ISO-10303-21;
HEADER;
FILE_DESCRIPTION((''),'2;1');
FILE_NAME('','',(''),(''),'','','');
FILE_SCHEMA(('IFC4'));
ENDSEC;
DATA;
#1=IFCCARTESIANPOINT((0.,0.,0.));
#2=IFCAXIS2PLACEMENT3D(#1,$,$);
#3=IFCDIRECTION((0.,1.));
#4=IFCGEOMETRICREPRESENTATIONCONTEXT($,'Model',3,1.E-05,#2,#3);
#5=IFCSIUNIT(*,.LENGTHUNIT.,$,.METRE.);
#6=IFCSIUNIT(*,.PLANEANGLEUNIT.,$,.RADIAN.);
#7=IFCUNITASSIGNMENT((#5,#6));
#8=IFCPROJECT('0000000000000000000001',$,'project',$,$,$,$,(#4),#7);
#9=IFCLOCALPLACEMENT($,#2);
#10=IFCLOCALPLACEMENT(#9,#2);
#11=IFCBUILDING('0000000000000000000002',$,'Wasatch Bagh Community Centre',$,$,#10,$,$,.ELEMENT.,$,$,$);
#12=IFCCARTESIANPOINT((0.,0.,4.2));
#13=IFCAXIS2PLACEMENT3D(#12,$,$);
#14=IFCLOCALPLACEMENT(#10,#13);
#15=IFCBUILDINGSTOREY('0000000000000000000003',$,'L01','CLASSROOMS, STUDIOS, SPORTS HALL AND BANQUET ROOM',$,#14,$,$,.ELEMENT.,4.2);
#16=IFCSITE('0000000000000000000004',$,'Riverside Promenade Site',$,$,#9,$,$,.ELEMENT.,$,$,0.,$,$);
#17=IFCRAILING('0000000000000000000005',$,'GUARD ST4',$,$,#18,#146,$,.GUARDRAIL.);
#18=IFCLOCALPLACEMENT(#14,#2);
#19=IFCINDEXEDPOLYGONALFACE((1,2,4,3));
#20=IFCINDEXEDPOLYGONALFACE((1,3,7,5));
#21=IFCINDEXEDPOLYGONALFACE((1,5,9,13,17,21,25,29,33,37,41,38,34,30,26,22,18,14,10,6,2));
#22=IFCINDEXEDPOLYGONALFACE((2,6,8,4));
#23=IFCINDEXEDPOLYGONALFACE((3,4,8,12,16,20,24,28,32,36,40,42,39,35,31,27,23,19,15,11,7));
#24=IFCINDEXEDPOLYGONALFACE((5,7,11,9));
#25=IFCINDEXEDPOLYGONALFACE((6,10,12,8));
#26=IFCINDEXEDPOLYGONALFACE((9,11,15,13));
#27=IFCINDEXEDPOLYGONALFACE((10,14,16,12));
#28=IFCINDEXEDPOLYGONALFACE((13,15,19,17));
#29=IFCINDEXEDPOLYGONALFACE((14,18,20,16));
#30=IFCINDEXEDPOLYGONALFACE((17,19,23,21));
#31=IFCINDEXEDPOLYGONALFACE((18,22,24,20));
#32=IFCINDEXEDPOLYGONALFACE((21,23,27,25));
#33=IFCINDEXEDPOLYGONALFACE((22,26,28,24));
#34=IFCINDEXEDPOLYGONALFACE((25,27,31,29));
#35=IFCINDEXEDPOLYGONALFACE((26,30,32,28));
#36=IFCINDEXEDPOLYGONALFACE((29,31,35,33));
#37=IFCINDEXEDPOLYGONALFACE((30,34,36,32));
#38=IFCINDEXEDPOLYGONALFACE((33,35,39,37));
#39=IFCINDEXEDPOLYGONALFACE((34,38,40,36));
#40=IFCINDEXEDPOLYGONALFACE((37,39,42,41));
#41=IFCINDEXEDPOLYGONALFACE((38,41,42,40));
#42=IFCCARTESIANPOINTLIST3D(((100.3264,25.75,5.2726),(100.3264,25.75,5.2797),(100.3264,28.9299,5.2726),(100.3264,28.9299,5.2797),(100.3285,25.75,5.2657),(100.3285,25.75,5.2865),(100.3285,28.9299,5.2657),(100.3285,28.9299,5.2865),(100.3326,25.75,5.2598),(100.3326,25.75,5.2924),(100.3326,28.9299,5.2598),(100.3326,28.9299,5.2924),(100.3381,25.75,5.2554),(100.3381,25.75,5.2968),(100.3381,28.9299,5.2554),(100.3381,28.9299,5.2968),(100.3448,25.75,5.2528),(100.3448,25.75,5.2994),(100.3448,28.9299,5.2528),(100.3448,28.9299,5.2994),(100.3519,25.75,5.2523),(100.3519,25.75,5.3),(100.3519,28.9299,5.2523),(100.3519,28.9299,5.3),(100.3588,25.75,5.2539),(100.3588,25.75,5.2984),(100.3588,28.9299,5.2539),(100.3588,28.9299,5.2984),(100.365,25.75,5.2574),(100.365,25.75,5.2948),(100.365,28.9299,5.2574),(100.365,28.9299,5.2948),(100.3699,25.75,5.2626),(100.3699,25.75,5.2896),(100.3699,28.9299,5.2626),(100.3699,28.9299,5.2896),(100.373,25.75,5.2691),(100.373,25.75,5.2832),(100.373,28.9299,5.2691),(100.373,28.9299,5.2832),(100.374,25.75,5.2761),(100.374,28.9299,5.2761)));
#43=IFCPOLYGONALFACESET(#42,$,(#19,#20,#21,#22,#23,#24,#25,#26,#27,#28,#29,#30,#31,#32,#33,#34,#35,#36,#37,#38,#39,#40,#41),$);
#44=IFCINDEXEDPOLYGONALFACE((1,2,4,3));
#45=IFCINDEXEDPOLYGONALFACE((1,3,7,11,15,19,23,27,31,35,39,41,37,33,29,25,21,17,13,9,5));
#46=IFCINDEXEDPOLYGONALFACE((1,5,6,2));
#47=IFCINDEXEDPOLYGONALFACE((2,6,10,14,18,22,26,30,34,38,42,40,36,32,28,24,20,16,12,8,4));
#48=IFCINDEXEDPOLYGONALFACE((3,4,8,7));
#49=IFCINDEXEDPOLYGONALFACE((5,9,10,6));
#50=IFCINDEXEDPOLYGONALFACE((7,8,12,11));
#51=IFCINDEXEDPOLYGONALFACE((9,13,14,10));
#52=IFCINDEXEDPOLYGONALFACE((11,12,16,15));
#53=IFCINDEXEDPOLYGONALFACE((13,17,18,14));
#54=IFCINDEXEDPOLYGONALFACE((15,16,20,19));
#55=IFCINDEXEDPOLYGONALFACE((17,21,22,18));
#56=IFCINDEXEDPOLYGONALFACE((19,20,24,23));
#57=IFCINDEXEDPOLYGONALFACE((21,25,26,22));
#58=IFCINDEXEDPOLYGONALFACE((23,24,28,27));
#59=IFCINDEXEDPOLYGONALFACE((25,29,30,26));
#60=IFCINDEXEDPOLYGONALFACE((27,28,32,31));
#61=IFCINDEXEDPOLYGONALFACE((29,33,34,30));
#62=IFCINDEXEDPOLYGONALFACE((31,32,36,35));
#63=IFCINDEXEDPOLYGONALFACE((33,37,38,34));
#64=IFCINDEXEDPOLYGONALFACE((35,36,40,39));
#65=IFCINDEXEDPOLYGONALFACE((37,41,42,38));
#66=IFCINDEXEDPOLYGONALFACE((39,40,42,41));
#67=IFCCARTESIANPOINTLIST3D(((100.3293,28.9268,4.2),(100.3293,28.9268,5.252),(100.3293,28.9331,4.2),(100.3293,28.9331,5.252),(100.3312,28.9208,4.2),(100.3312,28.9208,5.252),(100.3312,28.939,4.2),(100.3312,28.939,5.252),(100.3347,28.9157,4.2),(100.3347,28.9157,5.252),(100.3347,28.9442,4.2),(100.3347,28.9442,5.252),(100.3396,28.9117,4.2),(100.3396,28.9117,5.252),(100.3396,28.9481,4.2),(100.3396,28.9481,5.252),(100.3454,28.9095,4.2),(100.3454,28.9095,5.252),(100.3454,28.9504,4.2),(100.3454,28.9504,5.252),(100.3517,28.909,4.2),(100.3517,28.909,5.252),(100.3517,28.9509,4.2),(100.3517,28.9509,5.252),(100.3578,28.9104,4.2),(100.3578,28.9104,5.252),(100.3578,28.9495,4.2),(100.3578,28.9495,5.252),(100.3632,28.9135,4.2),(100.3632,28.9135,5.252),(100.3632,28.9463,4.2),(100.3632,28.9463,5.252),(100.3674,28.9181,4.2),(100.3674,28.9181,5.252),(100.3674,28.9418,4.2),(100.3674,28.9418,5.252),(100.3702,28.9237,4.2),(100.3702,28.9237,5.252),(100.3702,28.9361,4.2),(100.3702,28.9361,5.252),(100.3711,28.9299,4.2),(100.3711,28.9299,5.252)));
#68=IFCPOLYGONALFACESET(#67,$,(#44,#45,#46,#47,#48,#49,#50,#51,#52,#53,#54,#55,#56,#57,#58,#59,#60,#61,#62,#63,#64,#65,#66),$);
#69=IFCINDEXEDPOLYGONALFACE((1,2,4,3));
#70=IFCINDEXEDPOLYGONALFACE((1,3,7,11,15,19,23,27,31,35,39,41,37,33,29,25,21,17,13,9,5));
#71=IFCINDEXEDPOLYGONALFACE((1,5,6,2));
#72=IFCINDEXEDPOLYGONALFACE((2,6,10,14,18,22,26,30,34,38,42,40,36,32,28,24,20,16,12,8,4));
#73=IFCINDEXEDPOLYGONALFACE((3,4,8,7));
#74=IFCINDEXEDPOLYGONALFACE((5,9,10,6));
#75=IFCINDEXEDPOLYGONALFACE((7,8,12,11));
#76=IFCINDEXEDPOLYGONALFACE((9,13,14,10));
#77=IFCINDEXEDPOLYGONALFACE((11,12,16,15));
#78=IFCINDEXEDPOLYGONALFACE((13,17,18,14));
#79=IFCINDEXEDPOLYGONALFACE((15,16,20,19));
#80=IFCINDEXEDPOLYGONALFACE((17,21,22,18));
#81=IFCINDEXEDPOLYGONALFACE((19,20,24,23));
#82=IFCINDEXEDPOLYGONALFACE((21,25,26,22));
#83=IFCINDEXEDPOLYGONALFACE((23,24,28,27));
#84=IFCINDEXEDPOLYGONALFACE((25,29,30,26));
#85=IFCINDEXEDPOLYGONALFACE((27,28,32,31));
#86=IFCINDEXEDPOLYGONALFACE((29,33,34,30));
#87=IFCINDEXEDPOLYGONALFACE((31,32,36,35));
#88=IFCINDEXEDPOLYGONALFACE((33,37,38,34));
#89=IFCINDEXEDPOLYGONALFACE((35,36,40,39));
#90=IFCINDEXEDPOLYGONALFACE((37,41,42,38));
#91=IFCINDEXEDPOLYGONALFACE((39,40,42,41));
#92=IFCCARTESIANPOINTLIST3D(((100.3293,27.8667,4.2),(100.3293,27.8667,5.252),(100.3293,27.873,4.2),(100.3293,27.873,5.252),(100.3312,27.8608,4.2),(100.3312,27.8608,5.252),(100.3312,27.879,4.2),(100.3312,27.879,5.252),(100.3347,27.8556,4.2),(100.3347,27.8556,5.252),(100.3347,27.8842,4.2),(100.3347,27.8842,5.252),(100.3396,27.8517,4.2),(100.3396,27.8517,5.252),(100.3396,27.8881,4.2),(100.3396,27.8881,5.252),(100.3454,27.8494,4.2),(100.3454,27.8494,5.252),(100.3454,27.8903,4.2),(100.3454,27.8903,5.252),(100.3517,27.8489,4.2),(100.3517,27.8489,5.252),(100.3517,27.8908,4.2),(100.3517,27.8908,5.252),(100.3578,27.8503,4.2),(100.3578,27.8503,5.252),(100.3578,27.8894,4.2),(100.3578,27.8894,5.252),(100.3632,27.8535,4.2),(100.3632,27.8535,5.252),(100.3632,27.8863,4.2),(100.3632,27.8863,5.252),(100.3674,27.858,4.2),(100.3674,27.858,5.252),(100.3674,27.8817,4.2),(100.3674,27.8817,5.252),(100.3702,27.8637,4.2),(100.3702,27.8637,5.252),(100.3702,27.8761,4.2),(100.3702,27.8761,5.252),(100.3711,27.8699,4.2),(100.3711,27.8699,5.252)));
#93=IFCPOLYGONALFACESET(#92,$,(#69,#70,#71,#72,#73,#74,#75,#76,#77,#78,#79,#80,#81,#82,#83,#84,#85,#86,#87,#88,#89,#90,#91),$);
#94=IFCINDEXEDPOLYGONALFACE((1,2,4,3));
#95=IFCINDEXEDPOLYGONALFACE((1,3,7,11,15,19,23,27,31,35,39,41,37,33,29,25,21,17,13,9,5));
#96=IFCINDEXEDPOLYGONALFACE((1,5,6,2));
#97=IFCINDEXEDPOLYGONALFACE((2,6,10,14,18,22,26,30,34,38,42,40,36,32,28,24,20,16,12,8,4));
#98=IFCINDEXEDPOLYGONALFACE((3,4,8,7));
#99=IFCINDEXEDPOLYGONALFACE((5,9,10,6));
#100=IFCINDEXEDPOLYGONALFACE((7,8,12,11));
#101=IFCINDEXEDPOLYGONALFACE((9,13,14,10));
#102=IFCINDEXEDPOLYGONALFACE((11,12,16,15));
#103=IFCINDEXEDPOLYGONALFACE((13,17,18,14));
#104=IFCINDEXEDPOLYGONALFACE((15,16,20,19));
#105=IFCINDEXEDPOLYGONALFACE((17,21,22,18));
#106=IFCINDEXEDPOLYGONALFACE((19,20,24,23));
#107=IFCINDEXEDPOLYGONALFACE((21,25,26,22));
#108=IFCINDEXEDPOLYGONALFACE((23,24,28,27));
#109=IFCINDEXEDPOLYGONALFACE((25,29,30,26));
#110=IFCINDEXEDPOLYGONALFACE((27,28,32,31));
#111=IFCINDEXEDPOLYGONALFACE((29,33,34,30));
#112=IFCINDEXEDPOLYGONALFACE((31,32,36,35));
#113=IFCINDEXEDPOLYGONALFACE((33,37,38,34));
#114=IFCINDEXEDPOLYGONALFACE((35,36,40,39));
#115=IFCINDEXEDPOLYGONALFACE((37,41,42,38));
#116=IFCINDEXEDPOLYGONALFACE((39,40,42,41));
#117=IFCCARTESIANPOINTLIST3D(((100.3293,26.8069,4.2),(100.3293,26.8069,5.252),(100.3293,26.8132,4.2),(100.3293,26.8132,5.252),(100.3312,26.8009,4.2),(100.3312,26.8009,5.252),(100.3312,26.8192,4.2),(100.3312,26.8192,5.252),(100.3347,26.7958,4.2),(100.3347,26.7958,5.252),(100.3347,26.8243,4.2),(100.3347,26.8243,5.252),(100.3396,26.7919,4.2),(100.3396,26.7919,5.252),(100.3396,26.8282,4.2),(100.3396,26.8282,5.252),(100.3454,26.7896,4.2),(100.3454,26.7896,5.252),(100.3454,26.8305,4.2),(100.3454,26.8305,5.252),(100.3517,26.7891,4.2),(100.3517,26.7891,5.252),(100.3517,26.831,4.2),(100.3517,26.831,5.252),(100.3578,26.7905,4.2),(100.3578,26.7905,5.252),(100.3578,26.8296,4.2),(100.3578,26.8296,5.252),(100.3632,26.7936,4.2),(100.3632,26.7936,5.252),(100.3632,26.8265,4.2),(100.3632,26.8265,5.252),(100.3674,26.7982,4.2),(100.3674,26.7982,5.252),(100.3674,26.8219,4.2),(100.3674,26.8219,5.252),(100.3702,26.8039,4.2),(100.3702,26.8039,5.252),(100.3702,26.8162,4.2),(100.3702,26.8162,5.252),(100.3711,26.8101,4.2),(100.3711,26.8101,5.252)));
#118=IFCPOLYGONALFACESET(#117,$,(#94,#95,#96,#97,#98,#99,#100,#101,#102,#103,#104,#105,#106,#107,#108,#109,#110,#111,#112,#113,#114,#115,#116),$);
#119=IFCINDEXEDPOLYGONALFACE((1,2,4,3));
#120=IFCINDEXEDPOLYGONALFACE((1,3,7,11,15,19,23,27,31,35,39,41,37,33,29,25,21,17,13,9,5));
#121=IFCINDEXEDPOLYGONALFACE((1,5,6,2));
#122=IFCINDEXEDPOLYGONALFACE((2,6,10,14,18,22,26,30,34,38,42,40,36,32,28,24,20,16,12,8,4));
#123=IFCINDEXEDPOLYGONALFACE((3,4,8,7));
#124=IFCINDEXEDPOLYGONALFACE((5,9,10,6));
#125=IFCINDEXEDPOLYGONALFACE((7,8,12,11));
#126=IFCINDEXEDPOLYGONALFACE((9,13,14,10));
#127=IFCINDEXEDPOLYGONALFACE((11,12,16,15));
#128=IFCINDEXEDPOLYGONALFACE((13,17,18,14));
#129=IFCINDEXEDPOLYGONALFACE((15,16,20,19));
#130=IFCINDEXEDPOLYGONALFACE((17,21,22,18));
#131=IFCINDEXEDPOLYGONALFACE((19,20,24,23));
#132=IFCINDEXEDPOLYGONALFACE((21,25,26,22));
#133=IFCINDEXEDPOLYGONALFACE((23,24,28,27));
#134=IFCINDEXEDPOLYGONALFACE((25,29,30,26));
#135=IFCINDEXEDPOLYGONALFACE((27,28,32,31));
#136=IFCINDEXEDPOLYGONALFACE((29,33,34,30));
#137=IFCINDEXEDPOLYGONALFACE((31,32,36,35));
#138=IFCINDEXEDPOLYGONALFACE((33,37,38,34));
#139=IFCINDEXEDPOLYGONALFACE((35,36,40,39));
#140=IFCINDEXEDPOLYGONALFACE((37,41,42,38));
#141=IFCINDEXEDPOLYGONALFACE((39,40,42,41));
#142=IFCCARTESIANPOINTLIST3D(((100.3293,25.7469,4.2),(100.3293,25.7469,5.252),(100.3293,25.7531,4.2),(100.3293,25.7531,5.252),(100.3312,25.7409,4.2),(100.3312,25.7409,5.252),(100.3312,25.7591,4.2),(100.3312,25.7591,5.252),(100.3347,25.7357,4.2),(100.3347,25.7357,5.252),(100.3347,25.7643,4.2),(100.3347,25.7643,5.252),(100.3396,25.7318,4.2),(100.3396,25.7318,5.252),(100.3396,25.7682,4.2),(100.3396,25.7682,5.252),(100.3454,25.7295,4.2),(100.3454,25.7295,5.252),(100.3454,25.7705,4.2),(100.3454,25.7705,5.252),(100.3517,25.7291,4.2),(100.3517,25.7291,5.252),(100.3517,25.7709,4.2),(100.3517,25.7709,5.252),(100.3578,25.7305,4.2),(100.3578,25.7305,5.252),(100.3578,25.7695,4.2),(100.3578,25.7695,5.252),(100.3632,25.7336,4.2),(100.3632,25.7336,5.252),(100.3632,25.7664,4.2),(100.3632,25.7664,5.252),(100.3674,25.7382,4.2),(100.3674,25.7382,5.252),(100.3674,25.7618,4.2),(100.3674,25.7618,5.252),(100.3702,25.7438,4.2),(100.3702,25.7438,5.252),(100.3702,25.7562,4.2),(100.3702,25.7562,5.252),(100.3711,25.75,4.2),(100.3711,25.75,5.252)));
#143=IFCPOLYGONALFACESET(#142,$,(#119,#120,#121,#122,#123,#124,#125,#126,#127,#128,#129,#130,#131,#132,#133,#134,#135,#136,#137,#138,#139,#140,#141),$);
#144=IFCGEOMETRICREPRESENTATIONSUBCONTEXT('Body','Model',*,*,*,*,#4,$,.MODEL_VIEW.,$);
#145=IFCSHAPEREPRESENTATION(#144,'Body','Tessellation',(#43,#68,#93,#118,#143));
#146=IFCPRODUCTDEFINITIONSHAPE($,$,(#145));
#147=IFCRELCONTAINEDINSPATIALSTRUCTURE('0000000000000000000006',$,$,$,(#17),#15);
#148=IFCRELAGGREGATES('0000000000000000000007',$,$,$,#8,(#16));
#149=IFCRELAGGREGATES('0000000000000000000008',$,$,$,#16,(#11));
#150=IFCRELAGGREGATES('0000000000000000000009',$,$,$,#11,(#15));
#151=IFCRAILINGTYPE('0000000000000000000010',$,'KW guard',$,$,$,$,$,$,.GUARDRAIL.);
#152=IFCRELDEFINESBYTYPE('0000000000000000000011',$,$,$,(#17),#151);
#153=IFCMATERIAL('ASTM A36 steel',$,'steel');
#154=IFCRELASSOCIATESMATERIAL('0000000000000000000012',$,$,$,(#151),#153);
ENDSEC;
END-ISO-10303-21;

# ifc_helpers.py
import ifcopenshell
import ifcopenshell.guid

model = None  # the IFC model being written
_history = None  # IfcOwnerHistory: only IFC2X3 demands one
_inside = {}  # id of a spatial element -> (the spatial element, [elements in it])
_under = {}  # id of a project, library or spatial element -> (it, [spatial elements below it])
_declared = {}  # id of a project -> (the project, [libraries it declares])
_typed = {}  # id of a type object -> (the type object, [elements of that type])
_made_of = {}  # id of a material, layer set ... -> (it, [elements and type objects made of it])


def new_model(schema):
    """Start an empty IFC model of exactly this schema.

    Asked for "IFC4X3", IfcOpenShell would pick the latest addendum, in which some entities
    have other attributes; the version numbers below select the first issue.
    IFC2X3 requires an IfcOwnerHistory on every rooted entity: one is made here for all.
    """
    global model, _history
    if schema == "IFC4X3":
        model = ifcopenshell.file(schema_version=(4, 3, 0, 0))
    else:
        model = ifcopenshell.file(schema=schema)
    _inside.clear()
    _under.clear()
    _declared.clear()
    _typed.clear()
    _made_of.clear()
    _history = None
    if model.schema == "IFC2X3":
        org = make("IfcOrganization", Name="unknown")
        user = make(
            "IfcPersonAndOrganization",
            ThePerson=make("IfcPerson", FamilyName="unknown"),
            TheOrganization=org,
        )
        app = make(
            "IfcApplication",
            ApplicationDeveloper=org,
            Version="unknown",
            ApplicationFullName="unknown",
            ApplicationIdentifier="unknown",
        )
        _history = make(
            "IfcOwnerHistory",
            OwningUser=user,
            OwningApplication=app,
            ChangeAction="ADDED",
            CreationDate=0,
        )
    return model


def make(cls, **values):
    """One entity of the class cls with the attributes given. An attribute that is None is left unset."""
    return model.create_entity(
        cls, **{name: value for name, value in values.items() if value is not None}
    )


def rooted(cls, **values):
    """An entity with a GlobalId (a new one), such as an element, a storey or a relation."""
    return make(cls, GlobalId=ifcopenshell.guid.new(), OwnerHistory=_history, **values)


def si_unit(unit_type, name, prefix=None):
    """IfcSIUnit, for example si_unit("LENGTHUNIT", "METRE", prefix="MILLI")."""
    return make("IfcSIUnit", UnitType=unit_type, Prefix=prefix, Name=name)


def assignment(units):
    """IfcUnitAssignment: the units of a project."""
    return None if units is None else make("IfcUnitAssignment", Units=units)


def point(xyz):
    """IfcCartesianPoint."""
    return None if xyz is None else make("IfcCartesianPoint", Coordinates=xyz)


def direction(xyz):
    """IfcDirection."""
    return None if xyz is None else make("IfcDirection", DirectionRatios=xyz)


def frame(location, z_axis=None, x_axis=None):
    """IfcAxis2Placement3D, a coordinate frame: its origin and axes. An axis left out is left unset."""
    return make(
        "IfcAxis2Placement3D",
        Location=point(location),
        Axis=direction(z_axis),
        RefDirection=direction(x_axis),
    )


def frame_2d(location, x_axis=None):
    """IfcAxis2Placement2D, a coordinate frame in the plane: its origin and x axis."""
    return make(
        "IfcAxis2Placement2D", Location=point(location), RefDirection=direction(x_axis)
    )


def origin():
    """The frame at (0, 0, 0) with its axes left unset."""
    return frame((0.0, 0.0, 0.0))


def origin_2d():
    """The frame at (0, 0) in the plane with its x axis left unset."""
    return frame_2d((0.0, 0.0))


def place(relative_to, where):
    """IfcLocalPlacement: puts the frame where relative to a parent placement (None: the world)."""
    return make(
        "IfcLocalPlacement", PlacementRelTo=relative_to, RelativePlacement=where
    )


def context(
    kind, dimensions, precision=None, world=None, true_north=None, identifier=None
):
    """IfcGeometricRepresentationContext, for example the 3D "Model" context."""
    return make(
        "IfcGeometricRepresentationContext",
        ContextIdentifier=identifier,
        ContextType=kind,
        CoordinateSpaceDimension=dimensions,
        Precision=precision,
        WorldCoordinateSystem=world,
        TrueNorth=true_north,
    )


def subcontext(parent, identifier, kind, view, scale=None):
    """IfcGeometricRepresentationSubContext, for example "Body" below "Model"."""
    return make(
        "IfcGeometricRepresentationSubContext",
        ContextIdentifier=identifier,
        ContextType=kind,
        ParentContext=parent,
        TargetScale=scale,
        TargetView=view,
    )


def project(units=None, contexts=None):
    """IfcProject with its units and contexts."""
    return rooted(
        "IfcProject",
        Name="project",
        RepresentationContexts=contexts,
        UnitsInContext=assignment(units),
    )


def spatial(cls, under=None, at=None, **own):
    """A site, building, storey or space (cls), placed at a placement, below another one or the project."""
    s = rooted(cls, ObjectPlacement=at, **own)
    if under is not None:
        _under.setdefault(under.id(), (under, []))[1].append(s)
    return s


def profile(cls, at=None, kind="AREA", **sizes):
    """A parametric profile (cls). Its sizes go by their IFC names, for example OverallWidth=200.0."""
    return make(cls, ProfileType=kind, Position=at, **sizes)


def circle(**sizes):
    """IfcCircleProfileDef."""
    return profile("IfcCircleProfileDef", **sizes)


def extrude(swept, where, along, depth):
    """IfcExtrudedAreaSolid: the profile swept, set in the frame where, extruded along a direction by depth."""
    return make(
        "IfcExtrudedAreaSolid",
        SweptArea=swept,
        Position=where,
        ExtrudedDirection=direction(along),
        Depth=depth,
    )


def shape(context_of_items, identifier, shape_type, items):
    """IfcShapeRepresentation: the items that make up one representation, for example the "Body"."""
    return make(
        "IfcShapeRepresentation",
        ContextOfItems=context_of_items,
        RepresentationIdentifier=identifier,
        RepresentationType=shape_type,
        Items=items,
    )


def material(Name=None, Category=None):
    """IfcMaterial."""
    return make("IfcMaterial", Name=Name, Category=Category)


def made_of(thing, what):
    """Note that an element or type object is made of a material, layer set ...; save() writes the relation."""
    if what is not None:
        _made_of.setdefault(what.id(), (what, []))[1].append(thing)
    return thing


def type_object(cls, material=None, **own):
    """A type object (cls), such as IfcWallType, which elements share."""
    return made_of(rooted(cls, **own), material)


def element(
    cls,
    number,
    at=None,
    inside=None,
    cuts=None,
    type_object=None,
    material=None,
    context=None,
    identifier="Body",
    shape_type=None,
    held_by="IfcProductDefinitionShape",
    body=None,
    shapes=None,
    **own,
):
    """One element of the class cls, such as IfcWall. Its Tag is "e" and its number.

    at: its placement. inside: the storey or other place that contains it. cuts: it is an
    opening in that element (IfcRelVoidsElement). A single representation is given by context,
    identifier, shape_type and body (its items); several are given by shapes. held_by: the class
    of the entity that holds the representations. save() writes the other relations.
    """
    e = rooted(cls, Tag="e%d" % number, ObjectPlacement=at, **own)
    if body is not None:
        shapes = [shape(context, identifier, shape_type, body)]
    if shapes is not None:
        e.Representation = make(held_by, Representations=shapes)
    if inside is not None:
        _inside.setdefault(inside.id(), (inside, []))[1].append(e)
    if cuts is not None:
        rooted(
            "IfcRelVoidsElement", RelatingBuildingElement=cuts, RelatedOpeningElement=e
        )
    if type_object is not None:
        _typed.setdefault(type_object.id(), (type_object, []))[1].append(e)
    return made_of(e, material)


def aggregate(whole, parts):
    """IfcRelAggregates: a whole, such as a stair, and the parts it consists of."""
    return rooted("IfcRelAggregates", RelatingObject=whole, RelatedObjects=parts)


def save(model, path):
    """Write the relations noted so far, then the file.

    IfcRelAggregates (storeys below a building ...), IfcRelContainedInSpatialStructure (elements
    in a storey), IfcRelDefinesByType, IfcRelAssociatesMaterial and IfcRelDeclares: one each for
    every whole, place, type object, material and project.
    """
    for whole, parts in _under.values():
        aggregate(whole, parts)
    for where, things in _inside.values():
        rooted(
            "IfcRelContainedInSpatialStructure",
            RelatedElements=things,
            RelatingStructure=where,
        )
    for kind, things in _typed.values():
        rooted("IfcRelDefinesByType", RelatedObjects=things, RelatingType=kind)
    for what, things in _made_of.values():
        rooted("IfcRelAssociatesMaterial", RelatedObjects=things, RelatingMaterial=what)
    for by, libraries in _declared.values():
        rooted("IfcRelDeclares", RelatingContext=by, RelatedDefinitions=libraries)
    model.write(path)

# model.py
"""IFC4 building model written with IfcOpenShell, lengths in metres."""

from ifc_helpers import new_model, si_unit, direction, frame, origin, origin_2d, place, context, subcontext, project, spatial, circle, extrude, material, type_object, element, save


model = new_model("IFC4")

# Units and contexts
model_context = context("Model", 3, precision=1e-05, world=origin(), true_north=direction((0.0, 1.0)))
body_context = subcontext(model_context, "Body", "Model", "MODEL_VIEW")
ifc_project = project(units=[si_unit("LENGTHUNIT", "METRE"), si_unit("PLANEANGLEUNIT", "RADIAN")], contexts=[model_context])

# Site, building, storey
site_placement = place(None, origin())
site = spatial("IfcSite", under=ifc_project, at=site_placement, Name="Riverside Promenade Site", CompositionType="ELEMENT", RefElevation=0.0)
building_placement = place(site_placement, origin())
building = spatial("IfcBuilding", under=site, at=building_placement, Name="Wasatch Bagh Community Centre", CompositionType="ELEMENT")
storey_placement = place(building_placement, frame((0.0, 0.0, 4.2)))
storey = spatial("IfcBuildingStorey", under=building, at=storey_placement, Name="L01", Description="CLASSROOMS, STUDIOS, SPORTS HALL AND BANQUET ROOM", CompositionType="ELEMENT", Elevation=4.2)

# Railing
ifc_material_1 = material(Name="ASTM A36 steel", Category="steel")
railing_type_1 = type_object("IfcRailingType", Name="KW guard", PredefinedType="GUARDRAIL", material=ifc_material_1)
railing_1_placement = place(storey_placement, frame((100.3501, 28.9299, 4.2)))
element("IfcRailing", 1, at=railing_1_placement, inside=storey, type_object=railing_type_1, Name="GUARD ST4", PredefinedType="GUARDRAIL", context=body_context, shape_type="SweptSolid", body=[
    extrude(circle(Radius=0.0239, at=origin_2d()), frame((0.0, 0.0, 1.0762), z_axis=(0.0, -1.0, 0.0), x_axis=(1.0, 0.0, 0.0)), (0.0, 0.0, 1.0), 3.1799),
    extrude(circle(Radius=0.021, at=origin_2d()), origin(), (0.0, 0.0, 1.0), 1.052),
    extrude(circle(Radius=0.021, at=origin_2d()), frame((0.0, -1.0601, 0.0)), (0.0, 0.0, 1.0), 1.052),
    extrude(circle(Radius=0.021, at=origin_2d()), frame((0.0, -2.1199, 0.0)), (0.0, 0.0, 1.0), 1.052),
    extrude(circle(Radius=0.021, at=origin_2d()), frame((0.0, -3.1799, 0.0)), (0.0, 0.0, 1.0), 1.052),
])

save(model, "model.ifc")
